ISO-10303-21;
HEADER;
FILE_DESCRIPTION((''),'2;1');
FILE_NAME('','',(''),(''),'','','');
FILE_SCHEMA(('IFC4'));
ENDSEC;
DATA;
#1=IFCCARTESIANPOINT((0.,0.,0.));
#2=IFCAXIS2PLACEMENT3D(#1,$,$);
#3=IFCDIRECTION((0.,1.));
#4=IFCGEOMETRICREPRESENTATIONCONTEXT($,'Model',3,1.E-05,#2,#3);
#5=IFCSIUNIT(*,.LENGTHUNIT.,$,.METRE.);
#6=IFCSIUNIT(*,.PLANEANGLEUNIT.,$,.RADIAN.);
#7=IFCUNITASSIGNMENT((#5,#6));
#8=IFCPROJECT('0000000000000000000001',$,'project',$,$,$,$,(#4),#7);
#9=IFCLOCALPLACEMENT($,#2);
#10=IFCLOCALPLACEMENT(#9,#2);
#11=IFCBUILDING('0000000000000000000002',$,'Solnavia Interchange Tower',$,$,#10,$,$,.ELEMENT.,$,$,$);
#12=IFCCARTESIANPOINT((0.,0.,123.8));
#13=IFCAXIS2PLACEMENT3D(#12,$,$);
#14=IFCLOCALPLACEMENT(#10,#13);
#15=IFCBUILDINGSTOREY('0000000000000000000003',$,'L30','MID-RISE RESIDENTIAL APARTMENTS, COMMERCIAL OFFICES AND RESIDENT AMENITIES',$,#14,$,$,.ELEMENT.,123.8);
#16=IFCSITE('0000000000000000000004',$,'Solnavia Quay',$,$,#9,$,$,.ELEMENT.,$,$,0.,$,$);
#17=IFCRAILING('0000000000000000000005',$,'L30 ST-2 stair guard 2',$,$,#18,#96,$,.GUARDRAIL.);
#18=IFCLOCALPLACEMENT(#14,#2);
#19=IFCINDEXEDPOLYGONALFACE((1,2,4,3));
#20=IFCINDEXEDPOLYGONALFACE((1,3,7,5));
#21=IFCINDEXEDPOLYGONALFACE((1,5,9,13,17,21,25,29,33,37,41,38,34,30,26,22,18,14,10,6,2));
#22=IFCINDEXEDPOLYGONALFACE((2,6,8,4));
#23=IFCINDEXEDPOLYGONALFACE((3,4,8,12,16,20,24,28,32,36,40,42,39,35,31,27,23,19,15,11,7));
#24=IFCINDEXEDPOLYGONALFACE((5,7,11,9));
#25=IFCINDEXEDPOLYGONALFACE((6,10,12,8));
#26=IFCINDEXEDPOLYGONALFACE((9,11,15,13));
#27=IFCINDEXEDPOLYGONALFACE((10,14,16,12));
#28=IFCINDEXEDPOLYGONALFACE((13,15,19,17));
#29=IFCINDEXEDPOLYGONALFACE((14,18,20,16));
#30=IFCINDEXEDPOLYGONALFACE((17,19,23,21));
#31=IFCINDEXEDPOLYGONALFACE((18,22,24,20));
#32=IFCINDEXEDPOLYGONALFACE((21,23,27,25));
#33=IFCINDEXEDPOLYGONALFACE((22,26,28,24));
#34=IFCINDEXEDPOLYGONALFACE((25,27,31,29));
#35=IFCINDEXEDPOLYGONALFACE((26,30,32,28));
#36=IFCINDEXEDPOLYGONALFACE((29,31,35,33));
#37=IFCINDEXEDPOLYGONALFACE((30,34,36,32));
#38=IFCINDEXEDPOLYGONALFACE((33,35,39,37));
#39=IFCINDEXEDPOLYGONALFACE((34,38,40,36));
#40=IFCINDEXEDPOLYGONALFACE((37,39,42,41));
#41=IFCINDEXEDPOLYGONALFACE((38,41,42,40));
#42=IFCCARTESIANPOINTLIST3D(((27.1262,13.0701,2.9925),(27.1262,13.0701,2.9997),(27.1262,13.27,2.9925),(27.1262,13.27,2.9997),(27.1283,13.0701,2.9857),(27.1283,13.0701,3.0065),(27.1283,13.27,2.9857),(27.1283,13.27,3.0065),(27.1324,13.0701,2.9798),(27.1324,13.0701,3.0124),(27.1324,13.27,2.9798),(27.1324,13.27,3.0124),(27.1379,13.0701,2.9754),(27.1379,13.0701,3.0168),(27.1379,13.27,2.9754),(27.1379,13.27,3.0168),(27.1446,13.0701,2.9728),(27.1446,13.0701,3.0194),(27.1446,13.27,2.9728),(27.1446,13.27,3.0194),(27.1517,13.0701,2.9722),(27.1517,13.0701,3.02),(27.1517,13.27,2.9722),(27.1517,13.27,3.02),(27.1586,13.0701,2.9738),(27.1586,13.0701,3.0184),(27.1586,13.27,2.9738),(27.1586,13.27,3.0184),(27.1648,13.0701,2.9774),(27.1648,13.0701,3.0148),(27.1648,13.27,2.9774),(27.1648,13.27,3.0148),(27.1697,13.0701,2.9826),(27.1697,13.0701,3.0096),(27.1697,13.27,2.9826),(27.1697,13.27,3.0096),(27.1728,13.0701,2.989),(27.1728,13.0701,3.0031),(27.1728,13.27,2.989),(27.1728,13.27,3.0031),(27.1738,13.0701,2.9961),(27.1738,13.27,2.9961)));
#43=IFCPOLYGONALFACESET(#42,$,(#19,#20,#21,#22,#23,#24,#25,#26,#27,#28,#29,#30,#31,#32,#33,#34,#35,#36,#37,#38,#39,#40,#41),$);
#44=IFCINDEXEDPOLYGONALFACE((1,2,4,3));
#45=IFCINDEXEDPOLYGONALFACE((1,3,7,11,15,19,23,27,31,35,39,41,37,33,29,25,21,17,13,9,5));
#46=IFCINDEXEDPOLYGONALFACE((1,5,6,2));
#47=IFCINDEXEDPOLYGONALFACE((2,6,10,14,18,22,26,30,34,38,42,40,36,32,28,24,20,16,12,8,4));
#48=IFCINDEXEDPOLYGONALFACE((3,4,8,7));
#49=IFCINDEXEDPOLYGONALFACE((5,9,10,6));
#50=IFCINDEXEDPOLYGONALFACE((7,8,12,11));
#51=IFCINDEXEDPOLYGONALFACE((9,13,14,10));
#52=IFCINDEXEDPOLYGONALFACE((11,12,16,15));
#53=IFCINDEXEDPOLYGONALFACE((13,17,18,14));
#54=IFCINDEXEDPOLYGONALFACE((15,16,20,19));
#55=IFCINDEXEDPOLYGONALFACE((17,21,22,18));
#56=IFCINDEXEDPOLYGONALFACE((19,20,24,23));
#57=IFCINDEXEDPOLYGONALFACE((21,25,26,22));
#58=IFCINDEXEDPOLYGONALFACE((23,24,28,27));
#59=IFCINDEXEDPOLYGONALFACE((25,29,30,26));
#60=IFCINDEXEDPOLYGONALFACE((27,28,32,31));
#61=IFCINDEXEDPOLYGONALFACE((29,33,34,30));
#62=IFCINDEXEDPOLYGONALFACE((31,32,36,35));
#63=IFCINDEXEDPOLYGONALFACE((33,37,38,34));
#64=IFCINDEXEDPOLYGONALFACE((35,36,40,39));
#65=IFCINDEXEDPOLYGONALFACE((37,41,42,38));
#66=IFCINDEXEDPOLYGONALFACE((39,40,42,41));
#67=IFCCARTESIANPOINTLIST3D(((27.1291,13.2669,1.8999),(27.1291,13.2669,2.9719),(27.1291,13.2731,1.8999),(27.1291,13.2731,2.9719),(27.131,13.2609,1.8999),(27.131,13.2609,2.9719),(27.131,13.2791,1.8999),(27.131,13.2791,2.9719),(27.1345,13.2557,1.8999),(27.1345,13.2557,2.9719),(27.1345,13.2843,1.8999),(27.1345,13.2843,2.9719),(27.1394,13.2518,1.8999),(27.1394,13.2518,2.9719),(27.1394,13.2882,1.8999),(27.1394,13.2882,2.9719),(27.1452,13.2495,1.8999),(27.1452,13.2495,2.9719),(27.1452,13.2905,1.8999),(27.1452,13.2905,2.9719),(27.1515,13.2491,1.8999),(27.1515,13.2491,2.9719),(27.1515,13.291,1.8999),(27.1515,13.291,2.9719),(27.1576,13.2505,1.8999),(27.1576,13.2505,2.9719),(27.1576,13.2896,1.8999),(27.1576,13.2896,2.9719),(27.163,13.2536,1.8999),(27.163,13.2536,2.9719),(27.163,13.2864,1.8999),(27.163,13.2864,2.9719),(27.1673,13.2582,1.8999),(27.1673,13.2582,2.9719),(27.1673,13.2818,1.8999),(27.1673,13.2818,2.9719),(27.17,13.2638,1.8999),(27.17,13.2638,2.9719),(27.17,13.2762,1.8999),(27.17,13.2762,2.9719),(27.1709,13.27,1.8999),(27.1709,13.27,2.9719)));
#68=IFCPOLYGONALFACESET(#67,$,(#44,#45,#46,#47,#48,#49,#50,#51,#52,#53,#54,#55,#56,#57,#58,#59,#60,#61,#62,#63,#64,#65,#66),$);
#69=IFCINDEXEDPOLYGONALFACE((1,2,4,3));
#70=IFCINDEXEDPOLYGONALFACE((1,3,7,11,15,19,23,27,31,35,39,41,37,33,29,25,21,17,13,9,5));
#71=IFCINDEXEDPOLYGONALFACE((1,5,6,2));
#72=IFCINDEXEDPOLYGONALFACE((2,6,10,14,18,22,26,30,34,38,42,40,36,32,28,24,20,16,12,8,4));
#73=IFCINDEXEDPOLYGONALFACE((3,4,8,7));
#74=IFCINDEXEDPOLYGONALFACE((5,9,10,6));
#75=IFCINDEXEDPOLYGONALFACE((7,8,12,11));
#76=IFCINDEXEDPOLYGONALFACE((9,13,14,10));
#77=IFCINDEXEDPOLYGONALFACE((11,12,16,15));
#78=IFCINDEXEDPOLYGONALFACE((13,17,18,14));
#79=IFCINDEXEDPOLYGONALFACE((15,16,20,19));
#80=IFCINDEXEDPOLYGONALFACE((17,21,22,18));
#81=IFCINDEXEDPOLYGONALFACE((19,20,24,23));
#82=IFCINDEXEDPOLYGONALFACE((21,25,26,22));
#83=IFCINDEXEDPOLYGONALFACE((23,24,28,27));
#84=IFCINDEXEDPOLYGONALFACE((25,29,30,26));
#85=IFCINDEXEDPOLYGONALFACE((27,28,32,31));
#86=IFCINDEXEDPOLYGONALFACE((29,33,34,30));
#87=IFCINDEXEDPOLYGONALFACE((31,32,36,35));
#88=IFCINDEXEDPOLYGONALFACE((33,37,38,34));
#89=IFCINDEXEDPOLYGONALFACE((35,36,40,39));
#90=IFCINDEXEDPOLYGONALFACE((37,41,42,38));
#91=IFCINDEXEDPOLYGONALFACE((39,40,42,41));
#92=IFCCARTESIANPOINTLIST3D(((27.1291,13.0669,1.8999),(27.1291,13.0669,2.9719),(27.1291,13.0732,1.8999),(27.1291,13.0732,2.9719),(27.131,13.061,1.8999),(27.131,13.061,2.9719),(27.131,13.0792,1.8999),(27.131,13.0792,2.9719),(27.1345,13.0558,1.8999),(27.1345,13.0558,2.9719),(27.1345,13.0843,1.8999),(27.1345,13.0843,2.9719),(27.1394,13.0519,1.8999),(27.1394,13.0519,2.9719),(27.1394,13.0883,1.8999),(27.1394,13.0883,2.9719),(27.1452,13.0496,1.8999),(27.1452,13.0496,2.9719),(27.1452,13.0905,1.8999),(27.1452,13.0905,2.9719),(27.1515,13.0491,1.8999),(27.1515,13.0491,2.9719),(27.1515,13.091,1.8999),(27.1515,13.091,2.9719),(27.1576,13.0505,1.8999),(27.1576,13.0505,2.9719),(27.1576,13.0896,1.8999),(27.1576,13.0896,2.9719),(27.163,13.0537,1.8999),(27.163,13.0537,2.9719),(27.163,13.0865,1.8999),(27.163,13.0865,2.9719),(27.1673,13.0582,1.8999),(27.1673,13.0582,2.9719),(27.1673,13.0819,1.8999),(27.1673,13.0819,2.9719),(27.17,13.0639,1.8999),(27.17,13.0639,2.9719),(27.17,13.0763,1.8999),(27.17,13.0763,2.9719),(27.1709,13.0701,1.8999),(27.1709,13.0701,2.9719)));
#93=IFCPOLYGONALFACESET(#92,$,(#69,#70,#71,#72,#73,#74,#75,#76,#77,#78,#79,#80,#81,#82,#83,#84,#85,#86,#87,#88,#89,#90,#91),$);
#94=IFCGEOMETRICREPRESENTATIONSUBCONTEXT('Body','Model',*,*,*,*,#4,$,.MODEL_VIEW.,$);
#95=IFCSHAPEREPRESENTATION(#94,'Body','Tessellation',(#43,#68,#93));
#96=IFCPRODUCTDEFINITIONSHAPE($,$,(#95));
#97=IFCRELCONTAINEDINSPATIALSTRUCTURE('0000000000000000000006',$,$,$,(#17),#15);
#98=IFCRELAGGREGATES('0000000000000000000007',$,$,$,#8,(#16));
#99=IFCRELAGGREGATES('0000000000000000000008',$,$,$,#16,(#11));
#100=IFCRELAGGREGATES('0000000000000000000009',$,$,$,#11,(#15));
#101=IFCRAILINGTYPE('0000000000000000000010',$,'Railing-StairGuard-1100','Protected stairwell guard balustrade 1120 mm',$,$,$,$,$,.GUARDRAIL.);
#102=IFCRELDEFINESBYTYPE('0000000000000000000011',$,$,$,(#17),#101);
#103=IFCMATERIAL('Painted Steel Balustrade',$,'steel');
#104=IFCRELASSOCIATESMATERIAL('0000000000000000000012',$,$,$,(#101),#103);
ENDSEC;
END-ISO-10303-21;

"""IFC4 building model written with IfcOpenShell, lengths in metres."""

from ifc_helpers import new_model, si_unit, direction, frame, origin, origin_2d, place, context, subcontext, project, spatial, circle, extrude, material, type_object, element, save


model = new_model("IFC4")

# Units and contexts
model_context = context("Model", 3, precision=1e-05, world=origin(), true_north=direction((0.0, 1.0)))
body_context = subcontext(model_context, "Body", "Model", "MODEL_VIEW")
ifc_project = project(units=[si_unit("LENGTHUNIT", "METRE"), si_unit("PLANEANGLEUNIT", "RADIAN")], contexts=[model_context])

# Site, building, storey
site_placement = place(None, origin())
site = spatial("IfcSite", under=ifc_project, at=site_placement, Name="Solnavia Quay", CompositionType="ELEMENT", RefElevation=0.0)
building_placement = place(site_placement, origin())
building = spatial("IfcBuilding", under=site, at=building_placement, Name="Solnavia Interchange Tower", CompositionType="ELEMENT")
storey_placement = place(building_placement, frame((0.0, 0.0, 123.8)))
storey = spatial("IfcBuildingStorey", under=building, at=storey_placement, Name="L30", Description="MID-RISE RESIDENTIAL APARTMENTS, COMMERCIAL OFFICES AND RESIDENT AMENITIES", CompositionType="ELEMENT", Elevation=123.8)

# Railing
ifc_material_1 = material(Name="Painted Steel Balustrade", Category="steel")
railing_type_1 = type_object("IfcRailingType", Name="Railing-StairGuard-1100", Description="Protected stairwell guard balustrade 1120 mm", PredefinedType="GUARDRAIL", material=ifc_material_1)
railing_1_placement = place(storey_placement, frame((27.1499, 13.27, 1.8999)))
element("IfcRailing", 1, at=railing_1_placement, inside=storey, type_object=railing_type_1, Name="L30 ST-2 stair guard 2", PredefinedType="GUARDRAIL", context=body_context, shape_type="SweptSolid", body=[
    extrude(circle(Radius=0.0239, at=origin_2d()), frame((0.0, 0.0, 1.0962), z_axis=(0.0, -1.0, 0.0), x_axis=(1.0, 0.0, 0.0)), (0.0, 0.0, 1.0), 0.2),
    extrude(circle(Radius=0.021, at=origin_2d()), origin(), (0.0, 0.0, 1.0), 1.072),
    extrude(circle(Radius=0.021, at=origin_2d()), frame((0.0, -0.2, 0.0)), (0.0, 0.0, 1.0), 1.072),
])

save(model, "model.ifc")
